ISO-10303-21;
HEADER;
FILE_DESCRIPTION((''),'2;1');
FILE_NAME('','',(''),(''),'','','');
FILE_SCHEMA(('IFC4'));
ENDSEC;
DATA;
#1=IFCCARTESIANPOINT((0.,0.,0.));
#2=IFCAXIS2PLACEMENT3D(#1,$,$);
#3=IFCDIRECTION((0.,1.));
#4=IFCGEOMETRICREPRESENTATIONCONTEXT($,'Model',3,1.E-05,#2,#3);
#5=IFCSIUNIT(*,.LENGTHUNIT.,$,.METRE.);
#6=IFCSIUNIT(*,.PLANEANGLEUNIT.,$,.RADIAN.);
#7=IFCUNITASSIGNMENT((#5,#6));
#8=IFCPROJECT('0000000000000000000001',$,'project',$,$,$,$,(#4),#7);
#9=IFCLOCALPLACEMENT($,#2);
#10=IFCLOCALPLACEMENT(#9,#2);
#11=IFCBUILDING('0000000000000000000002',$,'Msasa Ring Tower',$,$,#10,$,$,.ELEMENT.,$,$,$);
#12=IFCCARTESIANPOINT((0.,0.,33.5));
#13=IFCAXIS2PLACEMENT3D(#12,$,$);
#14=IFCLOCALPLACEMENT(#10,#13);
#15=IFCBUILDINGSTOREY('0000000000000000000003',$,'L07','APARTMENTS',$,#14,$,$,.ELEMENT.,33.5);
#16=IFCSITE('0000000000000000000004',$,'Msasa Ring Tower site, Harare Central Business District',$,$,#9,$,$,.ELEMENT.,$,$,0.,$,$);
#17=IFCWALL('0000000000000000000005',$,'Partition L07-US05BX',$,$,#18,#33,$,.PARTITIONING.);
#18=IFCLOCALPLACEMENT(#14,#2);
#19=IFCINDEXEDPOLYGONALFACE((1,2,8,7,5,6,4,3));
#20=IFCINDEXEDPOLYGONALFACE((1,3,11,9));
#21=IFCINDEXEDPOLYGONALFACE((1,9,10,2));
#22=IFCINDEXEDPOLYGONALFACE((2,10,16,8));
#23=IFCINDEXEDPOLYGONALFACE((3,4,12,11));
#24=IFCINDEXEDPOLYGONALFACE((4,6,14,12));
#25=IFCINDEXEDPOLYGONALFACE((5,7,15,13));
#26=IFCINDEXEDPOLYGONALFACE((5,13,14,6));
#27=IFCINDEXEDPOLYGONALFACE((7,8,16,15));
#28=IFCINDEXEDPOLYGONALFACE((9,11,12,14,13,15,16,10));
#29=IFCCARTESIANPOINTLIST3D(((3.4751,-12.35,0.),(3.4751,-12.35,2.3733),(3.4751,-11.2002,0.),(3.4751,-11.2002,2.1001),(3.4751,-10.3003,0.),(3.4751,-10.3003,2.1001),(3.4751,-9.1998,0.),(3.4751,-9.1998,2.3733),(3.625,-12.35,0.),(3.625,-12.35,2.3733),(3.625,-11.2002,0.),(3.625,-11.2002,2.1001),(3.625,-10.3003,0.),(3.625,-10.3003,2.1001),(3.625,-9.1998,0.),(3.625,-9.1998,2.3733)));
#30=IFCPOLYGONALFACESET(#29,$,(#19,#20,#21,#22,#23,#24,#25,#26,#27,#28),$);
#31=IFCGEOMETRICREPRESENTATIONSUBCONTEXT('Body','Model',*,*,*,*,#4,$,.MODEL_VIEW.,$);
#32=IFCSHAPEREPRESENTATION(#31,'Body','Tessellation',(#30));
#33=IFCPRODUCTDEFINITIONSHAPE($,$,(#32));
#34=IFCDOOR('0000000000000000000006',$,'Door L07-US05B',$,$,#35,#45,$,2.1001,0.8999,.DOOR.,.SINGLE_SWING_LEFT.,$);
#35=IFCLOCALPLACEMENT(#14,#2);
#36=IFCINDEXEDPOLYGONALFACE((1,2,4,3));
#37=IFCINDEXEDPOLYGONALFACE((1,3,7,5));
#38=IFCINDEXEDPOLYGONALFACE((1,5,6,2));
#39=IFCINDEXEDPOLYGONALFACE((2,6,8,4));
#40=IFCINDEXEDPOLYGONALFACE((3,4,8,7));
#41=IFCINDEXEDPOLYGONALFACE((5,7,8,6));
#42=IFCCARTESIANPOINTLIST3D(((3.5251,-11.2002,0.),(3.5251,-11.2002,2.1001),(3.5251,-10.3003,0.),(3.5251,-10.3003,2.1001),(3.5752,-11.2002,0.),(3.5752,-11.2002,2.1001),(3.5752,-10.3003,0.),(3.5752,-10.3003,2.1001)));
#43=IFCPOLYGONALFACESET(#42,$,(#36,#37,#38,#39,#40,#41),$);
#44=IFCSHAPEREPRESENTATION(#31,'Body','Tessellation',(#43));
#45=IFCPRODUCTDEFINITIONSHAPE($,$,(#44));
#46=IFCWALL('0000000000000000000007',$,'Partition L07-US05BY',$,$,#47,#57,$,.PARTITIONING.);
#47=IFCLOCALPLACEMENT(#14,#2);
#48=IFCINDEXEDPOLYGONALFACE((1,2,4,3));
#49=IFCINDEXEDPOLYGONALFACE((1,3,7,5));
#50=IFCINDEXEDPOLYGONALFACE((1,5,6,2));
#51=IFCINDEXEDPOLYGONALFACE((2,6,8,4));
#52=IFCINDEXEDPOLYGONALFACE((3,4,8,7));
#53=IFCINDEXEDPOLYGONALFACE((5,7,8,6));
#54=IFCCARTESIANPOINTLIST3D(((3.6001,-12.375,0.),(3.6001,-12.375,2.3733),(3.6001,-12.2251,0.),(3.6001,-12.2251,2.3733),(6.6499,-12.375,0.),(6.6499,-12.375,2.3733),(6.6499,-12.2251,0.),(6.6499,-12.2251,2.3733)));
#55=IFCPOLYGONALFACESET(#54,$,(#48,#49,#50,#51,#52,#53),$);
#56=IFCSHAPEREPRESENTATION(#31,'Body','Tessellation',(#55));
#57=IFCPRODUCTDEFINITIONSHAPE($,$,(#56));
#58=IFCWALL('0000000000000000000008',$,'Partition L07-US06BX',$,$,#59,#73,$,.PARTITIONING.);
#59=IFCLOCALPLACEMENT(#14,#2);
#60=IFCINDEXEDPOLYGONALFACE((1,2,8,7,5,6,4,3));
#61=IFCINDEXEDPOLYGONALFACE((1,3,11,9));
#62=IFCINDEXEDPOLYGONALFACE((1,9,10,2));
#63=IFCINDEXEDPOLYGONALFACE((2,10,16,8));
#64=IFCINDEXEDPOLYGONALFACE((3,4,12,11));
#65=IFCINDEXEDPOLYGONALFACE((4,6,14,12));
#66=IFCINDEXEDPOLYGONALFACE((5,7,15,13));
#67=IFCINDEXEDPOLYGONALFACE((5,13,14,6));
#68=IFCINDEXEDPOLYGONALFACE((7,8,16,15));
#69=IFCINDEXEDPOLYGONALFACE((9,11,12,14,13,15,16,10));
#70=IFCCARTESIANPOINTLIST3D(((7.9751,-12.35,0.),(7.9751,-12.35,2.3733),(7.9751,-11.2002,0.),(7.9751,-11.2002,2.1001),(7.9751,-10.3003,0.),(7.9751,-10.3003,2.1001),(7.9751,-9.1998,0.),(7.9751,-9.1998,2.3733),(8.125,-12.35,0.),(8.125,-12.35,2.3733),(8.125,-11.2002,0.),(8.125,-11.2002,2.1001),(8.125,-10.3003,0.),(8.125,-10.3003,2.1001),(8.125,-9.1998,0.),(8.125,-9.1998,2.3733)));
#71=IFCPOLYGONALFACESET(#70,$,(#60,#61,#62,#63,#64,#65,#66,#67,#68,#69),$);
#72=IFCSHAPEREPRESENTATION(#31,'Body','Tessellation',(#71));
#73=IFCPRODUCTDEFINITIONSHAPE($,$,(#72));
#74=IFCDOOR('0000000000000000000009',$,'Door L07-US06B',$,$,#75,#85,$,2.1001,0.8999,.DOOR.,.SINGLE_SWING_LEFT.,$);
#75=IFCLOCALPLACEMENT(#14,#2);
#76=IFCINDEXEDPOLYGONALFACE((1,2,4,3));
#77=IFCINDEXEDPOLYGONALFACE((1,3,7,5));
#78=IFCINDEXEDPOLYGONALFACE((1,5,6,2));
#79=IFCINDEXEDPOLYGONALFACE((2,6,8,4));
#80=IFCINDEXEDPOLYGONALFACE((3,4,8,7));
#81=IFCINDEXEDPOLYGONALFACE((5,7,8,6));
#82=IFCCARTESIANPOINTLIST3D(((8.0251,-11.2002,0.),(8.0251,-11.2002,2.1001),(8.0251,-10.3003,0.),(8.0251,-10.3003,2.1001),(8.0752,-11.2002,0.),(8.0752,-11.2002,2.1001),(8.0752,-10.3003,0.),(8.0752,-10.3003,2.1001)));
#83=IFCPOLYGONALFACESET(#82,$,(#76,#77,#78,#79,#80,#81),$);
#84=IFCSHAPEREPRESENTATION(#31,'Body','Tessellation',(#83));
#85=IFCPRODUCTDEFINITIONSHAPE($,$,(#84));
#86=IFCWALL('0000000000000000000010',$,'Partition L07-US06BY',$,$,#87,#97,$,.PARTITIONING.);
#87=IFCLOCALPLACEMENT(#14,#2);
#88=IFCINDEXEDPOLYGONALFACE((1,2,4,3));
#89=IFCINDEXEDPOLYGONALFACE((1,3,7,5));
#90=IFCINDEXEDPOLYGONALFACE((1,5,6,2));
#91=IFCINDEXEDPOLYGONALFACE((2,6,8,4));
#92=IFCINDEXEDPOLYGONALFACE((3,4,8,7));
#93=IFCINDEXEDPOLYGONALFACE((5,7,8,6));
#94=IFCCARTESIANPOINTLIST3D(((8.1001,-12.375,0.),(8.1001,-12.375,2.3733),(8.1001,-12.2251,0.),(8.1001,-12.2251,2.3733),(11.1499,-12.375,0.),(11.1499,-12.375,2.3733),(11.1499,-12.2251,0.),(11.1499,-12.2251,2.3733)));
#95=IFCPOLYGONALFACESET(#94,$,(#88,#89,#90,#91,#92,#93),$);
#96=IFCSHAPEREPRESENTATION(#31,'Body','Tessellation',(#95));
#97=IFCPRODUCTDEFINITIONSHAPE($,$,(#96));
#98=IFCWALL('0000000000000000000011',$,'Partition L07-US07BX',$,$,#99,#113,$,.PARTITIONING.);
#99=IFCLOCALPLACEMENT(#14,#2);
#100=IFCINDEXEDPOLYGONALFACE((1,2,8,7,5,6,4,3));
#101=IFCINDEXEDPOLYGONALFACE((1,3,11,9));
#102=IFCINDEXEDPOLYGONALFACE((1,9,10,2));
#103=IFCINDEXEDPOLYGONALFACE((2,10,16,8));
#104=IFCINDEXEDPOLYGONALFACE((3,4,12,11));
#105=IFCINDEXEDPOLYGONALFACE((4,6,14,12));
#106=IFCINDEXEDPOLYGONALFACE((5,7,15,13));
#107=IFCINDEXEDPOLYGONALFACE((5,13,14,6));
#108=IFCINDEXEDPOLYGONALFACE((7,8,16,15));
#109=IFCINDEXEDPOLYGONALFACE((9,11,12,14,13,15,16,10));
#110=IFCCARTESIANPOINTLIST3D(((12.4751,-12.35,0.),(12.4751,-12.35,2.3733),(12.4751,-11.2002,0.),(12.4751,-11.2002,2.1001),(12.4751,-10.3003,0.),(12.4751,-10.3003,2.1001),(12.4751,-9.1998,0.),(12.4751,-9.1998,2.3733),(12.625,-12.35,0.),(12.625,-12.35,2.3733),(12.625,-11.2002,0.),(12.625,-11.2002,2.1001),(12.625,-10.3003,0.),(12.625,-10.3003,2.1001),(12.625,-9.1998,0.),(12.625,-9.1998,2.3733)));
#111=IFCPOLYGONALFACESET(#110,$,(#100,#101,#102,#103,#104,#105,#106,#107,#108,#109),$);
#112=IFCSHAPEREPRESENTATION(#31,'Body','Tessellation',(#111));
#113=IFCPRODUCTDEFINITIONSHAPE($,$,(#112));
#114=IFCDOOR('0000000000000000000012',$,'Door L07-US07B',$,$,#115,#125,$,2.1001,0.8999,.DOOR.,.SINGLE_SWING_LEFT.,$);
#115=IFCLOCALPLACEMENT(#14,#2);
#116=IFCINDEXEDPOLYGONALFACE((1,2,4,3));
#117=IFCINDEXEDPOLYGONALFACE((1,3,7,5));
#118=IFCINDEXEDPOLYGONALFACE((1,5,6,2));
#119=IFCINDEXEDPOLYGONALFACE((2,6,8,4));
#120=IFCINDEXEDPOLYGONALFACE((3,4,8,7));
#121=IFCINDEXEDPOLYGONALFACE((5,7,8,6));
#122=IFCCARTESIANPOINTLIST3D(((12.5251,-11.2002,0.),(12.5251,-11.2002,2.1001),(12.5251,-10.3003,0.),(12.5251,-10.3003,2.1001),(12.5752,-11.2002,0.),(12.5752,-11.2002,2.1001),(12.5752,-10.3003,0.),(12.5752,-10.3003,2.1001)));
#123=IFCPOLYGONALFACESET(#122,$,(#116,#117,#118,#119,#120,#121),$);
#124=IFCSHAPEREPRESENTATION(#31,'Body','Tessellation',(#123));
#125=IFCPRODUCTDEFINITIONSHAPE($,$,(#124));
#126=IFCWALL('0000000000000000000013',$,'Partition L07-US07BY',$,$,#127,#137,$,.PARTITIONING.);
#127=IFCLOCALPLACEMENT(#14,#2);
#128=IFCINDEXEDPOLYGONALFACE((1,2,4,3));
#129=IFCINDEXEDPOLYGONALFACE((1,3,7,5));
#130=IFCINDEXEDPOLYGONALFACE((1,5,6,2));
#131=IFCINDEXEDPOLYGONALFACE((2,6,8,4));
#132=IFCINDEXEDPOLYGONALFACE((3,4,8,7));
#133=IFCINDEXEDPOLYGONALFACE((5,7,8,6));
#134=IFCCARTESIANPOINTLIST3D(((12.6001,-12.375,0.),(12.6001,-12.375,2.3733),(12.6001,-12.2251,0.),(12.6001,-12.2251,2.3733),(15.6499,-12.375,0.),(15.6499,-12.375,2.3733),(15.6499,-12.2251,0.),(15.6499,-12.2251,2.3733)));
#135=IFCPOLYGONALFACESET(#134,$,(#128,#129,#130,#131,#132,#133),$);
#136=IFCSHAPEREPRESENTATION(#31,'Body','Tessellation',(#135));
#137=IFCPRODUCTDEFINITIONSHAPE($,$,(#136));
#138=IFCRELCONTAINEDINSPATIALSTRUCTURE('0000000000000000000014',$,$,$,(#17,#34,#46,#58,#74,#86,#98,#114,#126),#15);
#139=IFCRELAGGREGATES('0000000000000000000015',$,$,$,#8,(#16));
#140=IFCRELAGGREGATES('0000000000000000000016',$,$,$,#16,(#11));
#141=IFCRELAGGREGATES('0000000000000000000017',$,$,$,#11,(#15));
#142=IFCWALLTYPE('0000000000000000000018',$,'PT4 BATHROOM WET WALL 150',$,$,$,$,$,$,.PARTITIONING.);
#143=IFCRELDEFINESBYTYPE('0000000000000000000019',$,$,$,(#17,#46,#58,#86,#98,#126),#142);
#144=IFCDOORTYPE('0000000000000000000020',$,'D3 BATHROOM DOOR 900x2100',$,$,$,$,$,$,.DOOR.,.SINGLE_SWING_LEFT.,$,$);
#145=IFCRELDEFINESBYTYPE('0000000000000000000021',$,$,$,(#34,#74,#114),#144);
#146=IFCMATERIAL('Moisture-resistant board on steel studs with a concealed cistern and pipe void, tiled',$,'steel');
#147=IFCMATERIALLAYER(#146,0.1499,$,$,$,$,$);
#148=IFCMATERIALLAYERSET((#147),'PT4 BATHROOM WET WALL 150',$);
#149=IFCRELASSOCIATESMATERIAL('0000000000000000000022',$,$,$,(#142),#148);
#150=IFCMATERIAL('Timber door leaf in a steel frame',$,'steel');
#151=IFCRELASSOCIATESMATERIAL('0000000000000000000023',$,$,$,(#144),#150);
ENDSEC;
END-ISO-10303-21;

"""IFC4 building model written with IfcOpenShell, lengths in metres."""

from ifc_helpers import new_model, si_unit, direction, frame, frame_2d, origin, place, context, subcontext, project, spatial, rectangle, extrude, material, layer, layer_set, type_object, element, fill, save


model = new_model("IFC4")

# Units and contexts
model_context = context("Model", 3, precision=1e-05, world=origin(), true_north=direction((0.0, 1.0)))
body_context = subcontext(model_context, "Body", "Model", "MODEL_VIEW")
ifc_project = project(units=[si_unit("LENGTHUNIT", "METRE"), si_unit("PLANEANGLEUNIT", "RADIAN")], contexts=[model_context])

# Site, building, storey
site_placement = place(None, origin())
site = spatial("IfcSite", under=ifc_project, at=site_placement, Name="Msasa Ring Tower site, Harare Central Business District", CompositionType="ELEMENT", RefElevation=0.0)
building_placement = place(site_placement, origin())
building = spatial("IfcBuilding", under=site, at=building_placement, Name="Msasa Ring Tower", CompositionType="ELEMENT")
storey_placement = place(building_placement, frame((0.0, 0.0, 33.5)))
storey = spatial("IfcBuildingStorey", under=building, at=storey_placement, Name="L07", Description="APARTMENTS", CompositionType="ELEMENT", Elevation=33.5)

# Wall, opening, door
ifc_material_1 = material(Name="Moisture-resistant board on steel studs with a concealed cistern and pipe void, tiled", Category="steel")
ifc_layer_1 = layer(ifc_material_1, 0.1499)
ifc_layer_set_1 = layer_set([ifc_layer_1], Name="PT4 BATHROOM WET WALL 150")
wall_type_1 = type_object("IfcWallType", Name="PT4 BATHROOM WET WALL 150", PredefinedType="PARTITIONING", material=ifc_layer_set_1)
wall_1_placement = place(storey_placement, frame((3.55, -12.3501, 0.0), z_axis=(0.0, 0.0, 1.0), x_axis=(0.0, 1.0, 0.0)))
wall_1 = element("IfcWall", 1, at=wall_1_placement, inside=storey, type_object=wall_type_1, Name="Partition L07-US05BX", PredefinedType="PARTITIONING", context=body_context, shape_type="SweptSolid", body=[
    extrude(rectangle(XDim=3.1501, YDim=0.1499, at=frame_2d((1.5752, 0.0))), origin(), (0.0, 0.0, 1.0), 2.3733),
])
opening_1_placement = place(wall_1_placement, frame((1.1499, 0.0, 0.0)))
opening_1 = element("IfcOpeningElement", 2, at=opening_1_placement, cuts=wall_1, PredefinedType="OPENING", context=body_context, shape_type="SweptSolid", body=[
    extrude(rectangle(XDim=0.8999, YDim=2.1001, at=frame_2d((0.45, 1.05))), frame((0.0, 0.085, 0.0), z_axis=(0.0, -1.0, 0.0), x_axis=(1.0, 0.0, 0.0)), (0.0, 0.0, 1.0), 0.1699),
])
ifc_material_2 = material(Name="Timber door leaf in a steel frame", Category="steel")
door_type_1 = type_object("IfcDoorType", Name="D3 BATHROOM DOOR 900x2100", OperationType="SINGLE_SWING_LEFT", PredefinedType="DOOR", material=ifc_material_2)
door_1_placement = place(opening_1_placement, origin())
door_1 = element("IfcDoor", 3, at=door_1_placement, inside=storey, type_object=door_type_1, Name="Door L07-US05B", OperationType="SINGLE_SWING_LEFT", OverallHeight=2.1001, OverallWidth=0.8999, PredefinedType="DOOR", context=body_context, shape_type="SweptSolid", body=[
    extrude(rectangle(XDim=0.8999, YDim=2.1001, at=frame_2d((0.45, 1.05))), frame((0.0, 0.0249, 0.0), z_axis=(0.0, -1.0, 0.0), x_axis=(1.0, 0.0, 0.0)), (0.0, 0.0, 1.0), 0.05),
])
fill(opening_1, door_1)

# Wall
wall_2_placement = place(storey_placement, frame((3.6001, -12.3, 0.0), z_axis=(0.0, 0.0, 1.0), x_axis=(1.0, 0.0, 0.0)))
element("IfcWall", 4, at=wall_2_placement, inside=storey, type_object=wall_type_1, Name="Partition L07-US05BY", PredefinedType="PARTITIONING", context=body_context, shape_type="SweptSolid", body=[
    extrude(rectangle(XDim=3.0498, YDim=0.1499, at=frame_2d((1.5249, 0.0))), origin(), (0.0, 0.0, 1.0), 2.3733),
])

# Wall, opening, door
wall_3_placement = place(storey_placement, frame((8.05, -12.3501, 0.0), z_axis=(0.0, 0.0, 1.0), x_axis=(0.0, 1.0, 0.0)))
wall_3 = element("IfcWall", 5, at=wall_3_placement, inside=storey, type_object=wall_type_1, Name="Partition L07-US06BX", PredefinedType="PARTITIONING", context=body_context, shape_type="SweptSolid", body=[
    extrude(rectangle(XDim=3.1501, YDim=0.1499, at=frame_2d((1.5752, 0.0))), origin(), (0.0, 0.0, 1.0), 2.3733),
])
opening_2_placement = place(wall_3_placement, frame((1.1499, 0.0, 0.0)))
opening_2 = element("IfcOpeningElement", 6, at=opening_2_placement, cuts=wall_3, PredefinedType="OPENING", context=body_context, shape_type="SweptSolid", body=[
    extrude(rectangle(XDim=0.8999, YDim=2.1001, at=frame_2d((0.45, 1.05))), frame((0.0, 0.085, 0.0), z_axis=(0.0, -1.0, 0.0), x_axis=(1.0, 0.0, 0.0)), (0.0, 0.0, 1.0), 0.1699),
])
door_2_placement = place(opening_2_placement, origin())
door_2 = element("IfcDoor", 7, at=door_2_placement, inside=storey, type_object=door_type_1, Name="Door L07-US06B", OperationType="SINGLE_SWING_LEFT", OverallHeight=2.1001, OverallWidth=0.8999, PredefinedType="DOOR", context=body_context, shape_type="SweptSolid", body=[
    extrude(rectangle(XDim=0.8999, YDim=2.1001, at=frame_2d((0.45, 1.05))), frame((0.0, 0.0249, 0.0), z_axis=(0.0, -1.0, 0.0), x_axis=(1.0, 0.0, 0.0)), (0.0, 0.0, 1.0), 0.05),
])
fill(opening_2, door_2)

# Wall
wall_4_placement = place(storey_placement, frame((8.1001, -12.3, 0.0), z_axis=(0.0, 0.0, 1.0), x_axis=(1.0, 0.0, 0.0)))
element("IfcWall", 8, at=wall_4_placement, inside=storey, type_object=wall_type_1, Name="Partition L07-US06BY", PredefinedType="PARTITIONING", context=body_context, shape_type="SweptSolid", body=[
    extrude(rectangle(XDim=3.0498, YDim=0.1499, at=frame_2d((1.5249, 0.0))), origin(), (0.0, 0.0, 1.0), 2.3733),
])

# Wall, opening, door
wall_5_placement = place(storey_placement, frame((12.55, -12.3501, 0.0), z_axis=(0.0, 0.0, 1.0), x_axis=(0.0, 1.0, 0.0)))
wall_5 = element("IfcWall", 9, at=wall_5_placement, inside=storey, type_object=wall_type_1, Name="Partition L07-US07BX", PredefinedType="PARTITIONING", context=body_context, shape_type="SweptSolid", body=[
    extrude(rectangle(XDim=3.1501, YDim=0.1499, at=frame_2d((1.5752, 0.0))), origin(), (0.0, 0.0, 1.0), 2.3733),
])
opening_3_placement = place(wall_5_placement, frame((1.1499, 0.0, 0.0)))
opening_3 = element("IfcOpeningElement", 10, at=opening_3_placement, cuts=wall_5, PredefinedType="OPENING", context=body_context, shape_type="SweptSolid", body=[
    extrude(rectangle(XDim=0.8999, YDim=2.1001, at=frame_2d((0.45, 1.05))), frame((0.0, 0.085, 0.0), z_axis=(0.0, -1.0, 0.0), x_axis=(1.0, 0.0, 0.0)), (0.0, 0.0, 1.0), 0.1699),
])
door_3_placement = place(opening_3_placement, origin())
door_3 = element("IfcDoor", 11, at=door_3_placement, inside=storey, type_object=door_type_1, Name="Door L07-US07B", OperationType="SINGLE_SWING_LEFT", OverallHeight=2.1001, OverallWidth=0.8999, PredefinedType="DOOR", context=body_context, shape_type="SweptSolid", body=[
    extrude(rectangle(XDim=0.8999, YDim=2.1001, at=frame_2d((0.45, 1.05))), frame((0.0, 0.0249, 0.0), z_axis=(0.0, -1.0, 0.0), x_axis=(1.0, 0.0, 0.0)), (0.0, 0.0, 1.0), 0.05),
])
fill(opening_3, door_3)

# Wall
wall_6_placement = place(storey_placement, frame((12.6001, -12.3, 0.0), z_axis=(0.0, 0.0, 1.0), x_axis=(1.0, 0.0, 0.0)))
element("IfcWall", 12, at=wall_6_placement, inside=storey, type_object=wall_type_1, Name="Partition L07-US07BY", PredefinedType="PARTITIONING", context=body_context, shape_type="SweptSolid", body=[
    extrude(rectangle(XDim=3.0498, YDim=0.1499, at=frame_2d((1.5249, 0.0))), origin(), (0.0, 0.0, 1.0), 2.3733),
])

save(model, "model.ifc")
